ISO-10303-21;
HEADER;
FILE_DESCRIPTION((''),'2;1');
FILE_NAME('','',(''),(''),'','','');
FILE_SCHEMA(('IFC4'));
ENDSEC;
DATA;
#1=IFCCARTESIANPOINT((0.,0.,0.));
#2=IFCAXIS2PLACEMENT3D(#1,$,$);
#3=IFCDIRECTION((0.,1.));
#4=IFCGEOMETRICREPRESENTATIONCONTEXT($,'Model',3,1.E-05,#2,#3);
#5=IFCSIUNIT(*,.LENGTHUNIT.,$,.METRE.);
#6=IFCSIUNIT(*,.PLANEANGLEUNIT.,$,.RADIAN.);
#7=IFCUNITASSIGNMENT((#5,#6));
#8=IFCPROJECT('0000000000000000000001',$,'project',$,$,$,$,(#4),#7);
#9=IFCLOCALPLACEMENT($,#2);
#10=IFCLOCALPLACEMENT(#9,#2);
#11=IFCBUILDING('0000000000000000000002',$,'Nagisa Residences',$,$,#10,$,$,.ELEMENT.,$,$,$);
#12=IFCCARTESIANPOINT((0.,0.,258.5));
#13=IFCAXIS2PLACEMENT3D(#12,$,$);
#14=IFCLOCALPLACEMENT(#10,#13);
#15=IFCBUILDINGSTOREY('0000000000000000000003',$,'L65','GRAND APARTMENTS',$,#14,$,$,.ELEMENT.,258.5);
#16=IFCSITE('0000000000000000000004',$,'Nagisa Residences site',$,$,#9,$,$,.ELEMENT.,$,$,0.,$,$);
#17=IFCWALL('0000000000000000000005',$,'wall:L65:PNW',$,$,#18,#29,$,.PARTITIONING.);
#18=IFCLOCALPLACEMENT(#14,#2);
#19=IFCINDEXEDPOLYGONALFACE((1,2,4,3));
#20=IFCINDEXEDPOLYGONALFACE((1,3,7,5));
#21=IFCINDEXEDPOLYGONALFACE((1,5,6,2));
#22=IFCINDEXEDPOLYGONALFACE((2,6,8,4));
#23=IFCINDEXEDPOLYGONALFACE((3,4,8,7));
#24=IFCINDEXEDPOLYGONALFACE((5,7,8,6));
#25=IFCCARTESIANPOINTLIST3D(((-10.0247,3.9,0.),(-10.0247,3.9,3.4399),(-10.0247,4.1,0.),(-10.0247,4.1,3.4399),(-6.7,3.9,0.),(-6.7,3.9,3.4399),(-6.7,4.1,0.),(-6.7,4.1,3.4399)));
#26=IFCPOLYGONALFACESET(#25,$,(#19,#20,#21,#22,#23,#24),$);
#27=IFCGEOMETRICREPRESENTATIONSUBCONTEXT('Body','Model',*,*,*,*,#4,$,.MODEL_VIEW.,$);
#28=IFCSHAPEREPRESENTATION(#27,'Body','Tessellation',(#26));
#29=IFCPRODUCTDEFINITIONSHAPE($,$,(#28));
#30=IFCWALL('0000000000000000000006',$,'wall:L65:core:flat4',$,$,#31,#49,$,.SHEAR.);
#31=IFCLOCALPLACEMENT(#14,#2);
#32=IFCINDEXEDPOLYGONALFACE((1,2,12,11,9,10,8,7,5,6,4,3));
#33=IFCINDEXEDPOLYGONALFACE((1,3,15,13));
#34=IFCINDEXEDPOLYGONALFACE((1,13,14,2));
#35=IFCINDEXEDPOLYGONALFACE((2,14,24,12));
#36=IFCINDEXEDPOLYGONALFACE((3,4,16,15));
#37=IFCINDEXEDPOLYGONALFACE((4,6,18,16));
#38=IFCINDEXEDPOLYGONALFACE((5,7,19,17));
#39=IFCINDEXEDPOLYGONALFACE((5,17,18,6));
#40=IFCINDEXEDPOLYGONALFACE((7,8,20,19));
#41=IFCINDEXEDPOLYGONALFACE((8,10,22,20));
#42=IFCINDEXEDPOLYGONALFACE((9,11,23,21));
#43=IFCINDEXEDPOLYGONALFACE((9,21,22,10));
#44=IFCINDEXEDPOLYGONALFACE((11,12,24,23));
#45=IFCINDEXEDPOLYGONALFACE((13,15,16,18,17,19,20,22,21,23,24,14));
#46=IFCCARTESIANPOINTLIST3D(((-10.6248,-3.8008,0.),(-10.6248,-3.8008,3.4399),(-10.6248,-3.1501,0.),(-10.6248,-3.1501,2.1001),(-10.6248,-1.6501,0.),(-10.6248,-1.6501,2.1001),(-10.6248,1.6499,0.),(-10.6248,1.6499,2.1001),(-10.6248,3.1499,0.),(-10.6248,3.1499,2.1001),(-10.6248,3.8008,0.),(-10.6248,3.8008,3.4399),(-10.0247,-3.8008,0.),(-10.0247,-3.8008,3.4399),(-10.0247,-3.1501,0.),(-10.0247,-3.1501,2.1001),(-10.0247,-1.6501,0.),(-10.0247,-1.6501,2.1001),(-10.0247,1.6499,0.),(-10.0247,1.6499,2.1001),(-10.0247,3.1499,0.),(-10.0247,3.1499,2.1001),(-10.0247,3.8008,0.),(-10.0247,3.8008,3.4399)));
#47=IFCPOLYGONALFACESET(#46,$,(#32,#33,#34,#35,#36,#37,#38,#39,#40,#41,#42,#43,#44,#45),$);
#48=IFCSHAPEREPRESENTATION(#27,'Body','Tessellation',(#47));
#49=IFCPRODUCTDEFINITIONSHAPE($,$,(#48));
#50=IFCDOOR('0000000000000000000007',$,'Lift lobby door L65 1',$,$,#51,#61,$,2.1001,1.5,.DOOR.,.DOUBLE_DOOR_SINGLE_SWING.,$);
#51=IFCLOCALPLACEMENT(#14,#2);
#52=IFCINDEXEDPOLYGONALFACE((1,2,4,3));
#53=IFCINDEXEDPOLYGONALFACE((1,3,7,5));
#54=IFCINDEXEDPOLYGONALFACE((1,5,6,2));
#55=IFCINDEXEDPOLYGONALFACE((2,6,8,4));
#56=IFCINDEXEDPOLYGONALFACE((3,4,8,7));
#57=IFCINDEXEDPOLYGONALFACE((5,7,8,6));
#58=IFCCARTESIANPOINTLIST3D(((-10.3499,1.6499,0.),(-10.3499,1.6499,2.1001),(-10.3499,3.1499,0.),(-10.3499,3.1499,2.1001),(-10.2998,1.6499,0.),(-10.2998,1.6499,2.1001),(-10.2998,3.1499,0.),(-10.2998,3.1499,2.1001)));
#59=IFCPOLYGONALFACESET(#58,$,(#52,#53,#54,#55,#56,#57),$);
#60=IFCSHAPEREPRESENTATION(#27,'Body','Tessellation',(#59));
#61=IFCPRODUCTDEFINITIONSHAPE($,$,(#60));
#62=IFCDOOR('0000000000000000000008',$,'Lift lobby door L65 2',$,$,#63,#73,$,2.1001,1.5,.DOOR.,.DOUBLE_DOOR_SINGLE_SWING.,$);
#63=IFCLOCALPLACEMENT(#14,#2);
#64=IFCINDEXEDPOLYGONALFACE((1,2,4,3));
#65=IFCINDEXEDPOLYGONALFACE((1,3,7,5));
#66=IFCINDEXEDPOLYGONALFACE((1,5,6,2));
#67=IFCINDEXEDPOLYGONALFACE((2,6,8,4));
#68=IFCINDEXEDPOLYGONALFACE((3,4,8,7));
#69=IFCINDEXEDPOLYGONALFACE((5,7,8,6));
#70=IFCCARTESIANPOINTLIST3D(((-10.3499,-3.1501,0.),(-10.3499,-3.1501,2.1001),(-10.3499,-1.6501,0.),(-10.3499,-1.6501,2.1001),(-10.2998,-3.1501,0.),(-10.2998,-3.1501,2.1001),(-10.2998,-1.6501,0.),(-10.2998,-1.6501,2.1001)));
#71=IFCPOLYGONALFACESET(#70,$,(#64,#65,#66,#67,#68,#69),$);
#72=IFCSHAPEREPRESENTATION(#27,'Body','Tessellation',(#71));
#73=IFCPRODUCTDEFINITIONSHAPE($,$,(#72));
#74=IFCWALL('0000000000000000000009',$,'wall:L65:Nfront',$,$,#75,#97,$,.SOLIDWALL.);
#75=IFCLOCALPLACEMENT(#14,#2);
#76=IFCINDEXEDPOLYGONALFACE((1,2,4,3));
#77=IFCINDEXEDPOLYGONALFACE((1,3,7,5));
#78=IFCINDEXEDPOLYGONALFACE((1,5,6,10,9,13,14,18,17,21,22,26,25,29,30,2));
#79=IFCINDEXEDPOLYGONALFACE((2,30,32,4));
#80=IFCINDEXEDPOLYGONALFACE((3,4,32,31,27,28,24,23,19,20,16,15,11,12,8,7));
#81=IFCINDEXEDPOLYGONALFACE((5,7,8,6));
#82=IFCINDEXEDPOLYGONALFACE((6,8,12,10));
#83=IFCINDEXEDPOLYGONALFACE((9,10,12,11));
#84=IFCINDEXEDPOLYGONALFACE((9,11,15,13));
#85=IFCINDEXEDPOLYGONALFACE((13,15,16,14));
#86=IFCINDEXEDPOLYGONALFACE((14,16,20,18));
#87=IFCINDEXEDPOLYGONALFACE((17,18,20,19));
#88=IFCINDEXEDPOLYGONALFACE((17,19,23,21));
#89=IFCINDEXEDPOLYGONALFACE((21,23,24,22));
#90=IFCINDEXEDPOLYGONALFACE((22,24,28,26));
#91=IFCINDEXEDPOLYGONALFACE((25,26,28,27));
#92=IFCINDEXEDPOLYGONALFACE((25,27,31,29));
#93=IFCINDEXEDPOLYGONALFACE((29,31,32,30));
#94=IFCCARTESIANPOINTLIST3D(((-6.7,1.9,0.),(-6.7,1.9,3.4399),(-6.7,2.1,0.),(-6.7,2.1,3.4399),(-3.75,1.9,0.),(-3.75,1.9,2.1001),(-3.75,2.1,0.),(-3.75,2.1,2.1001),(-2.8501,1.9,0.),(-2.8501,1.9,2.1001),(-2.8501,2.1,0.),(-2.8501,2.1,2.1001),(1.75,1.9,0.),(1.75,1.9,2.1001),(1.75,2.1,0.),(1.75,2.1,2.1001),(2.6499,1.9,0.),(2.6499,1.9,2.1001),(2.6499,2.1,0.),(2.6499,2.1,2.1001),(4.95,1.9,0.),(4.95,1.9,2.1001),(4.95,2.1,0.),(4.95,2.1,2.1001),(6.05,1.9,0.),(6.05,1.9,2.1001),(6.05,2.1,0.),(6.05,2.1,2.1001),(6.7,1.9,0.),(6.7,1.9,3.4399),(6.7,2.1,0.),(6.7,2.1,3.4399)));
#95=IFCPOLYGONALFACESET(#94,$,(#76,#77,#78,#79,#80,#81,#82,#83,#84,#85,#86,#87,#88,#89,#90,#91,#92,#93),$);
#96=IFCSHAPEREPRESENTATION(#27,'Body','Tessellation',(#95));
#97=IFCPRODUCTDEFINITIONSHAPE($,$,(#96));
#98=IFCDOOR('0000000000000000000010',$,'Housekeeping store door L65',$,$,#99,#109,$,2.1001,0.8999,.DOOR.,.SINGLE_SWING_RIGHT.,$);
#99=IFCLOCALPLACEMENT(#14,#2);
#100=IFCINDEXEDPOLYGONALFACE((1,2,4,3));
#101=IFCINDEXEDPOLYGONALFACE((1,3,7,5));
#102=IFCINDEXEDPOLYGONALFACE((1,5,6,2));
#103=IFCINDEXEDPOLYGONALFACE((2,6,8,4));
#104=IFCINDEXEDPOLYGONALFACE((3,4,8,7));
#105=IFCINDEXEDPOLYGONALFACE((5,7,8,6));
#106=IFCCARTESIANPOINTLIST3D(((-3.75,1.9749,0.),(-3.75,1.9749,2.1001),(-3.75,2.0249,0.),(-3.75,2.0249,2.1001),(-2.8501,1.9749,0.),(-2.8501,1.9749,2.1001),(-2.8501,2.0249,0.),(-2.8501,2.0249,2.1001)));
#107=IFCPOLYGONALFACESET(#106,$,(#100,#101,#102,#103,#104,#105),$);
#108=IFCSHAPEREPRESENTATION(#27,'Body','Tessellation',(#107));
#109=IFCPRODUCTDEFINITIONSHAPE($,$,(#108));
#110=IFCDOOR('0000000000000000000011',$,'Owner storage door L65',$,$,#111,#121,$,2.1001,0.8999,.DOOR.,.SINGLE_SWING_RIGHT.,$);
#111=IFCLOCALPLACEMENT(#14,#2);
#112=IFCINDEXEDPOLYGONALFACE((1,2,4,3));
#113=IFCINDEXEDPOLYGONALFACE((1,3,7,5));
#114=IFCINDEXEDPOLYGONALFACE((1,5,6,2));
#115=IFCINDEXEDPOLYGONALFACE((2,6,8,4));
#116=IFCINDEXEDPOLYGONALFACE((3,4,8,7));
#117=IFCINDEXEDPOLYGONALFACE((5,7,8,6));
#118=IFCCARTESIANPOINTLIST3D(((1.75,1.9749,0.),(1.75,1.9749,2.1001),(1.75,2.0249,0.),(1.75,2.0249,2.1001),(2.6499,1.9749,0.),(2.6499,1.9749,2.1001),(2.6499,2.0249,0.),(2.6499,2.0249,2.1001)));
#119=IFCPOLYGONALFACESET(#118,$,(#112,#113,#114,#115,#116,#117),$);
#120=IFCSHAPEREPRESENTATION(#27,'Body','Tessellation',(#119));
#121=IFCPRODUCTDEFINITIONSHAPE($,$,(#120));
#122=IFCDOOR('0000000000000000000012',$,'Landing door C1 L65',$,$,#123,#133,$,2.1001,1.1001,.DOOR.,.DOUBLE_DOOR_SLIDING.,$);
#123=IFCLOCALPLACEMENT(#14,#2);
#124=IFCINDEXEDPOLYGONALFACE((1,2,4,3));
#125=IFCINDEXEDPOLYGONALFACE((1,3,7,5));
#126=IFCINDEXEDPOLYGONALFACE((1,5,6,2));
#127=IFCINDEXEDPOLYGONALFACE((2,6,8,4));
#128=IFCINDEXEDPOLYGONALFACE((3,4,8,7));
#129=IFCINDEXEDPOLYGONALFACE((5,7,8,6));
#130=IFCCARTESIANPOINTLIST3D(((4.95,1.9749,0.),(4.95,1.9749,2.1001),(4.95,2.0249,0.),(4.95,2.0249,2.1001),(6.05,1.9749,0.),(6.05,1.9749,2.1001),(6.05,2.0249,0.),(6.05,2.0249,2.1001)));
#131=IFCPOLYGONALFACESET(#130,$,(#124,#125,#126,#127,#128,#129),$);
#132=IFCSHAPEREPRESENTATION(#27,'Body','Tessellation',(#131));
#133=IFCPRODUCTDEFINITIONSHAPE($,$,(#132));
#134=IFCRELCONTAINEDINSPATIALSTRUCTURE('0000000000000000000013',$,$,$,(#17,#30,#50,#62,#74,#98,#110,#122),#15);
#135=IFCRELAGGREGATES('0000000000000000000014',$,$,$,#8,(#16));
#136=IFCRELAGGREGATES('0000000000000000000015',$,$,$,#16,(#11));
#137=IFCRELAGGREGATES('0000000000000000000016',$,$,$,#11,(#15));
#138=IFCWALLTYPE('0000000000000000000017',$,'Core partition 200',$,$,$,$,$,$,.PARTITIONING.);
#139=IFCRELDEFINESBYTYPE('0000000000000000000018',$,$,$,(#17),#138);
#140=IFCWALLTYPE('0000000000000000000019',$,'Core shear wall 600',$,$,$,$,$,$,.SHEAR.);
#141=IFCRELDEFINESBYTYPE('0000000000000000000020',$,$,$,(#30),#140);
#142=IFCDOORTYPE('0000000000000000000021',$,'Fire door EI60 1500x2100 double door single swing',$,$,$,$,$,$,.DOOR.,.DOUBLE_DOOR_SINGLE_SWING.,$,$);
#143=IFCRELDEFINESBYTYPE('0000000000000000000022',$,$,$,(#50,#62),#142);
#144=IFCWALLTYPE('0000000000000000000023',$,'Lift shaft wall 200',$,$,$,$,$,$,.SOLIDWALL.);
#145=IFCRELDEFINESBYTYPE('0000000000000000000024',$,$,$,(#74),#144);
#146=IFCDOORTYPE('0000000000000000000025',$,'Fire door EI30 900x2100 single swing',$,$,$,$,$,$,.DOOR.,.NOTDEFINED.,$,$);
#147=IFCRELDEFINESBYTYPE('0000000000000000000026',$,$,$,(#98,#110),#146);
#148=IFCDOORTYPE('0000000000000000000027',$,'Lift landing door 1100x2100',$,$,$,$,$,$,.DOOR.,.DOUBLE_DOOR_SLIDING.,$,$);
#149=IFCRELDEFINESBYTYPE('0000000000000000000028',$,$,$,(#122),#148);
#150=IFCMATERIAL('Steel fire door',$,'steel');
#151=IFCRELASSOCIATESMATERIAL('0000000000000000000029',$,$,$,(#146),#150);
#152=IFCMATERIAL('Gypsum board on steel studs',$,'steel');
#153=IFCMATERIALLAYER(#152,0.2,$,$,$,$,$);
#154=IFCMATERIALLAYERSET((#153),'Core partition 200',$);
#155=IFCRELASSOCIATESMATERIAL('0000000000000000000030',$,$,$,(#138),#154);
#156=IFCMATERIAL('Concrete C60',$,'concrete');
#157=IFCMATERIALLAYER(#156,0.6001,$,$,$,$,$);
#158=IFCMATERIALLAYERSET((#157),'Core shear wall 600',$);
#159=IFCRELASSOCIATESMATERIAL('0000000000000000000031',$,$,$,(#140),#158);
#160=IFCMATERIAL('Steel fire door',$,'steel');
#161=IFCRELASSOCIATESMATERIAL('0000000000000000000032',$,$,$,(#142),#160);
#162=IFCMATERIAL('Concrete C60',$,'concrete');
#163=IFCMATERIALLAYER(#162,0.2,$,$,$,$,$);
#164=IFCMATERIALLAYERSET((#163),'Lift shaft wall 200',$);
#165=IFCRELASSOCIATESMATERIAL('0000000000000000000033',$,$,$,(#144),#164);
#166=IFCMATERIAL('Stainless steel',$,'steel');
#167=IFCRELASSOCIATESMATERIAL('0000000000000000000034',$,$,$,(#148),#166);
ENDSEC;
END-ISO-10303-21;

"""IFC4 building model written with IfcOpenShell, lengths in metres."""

from ifc_helpers import new_model, si_unit, direction, frame, frame_2d, origin, place, context, subcontext, project, spatial, rectangle, extrude, material, layer, layer_set, type_object, element, fill, save


model = new_model("IFC4")

# Units and contexts
model_context = context("Model", 3, precision=1e-05, world=origin(), true_north=direction((0.0, 1.0)))
body_context = subcontext(model_context, "Body", "Model", "MODEL_VIEW")
ifc_project = project(units=[si_unit("LENGTHUNIT", "METRE"), si_unit("PLANEANGLEUNIT", "RADIAN")], contexts=[model_context])

# Site, building, storey
site_placement = place(None, origin())
site = spatial("IfcSite", under=ifc_project, at=site_placement, Name="Nagisa Residences site", CompositionType="ELEMENT", RefElevation=0.0)
building_placement = place(site_placement, origin())
building = spatial("IfcBuilding", under=site, at=building_placement, Name="Nagisa Residences", CompositionType="ELEMENT")
storey_placement = place(building_placement, frame((0.0, 0.0, 258.5)))
storey = spatial("IfcBuildingStorey", under=building, at=storey_placement, Name="L65", Description="GRAND APARTMENTS", CompositionType="ELEMENT", Elevation=258.5)

# Shared definitions
ifc_material_1 = material(Name="Steel fire door", Category="steel")
door_type_1 = type_object("IfcDoorType", Name="Fire door EI30 900x2100 single swing", OperationType="NOTDEFINED", PredefinedType="DOOR", material=ifc_material_1)

# Wall
ifc_material_2 = material(Name="Gypsum board on steel studs", Category="steel")
ifc_layer_1 = layer(ifc_material_2, 0.2)
ifc_layer_set_1 = layer_set([ifc_layer_1], Name="Core partition 200")
wall_type_1 = type_object("IfcWallType", Name="Core partition 200", PredefinedType="PARTITIONING", material=ifc_layer_set_1)
wall_1_placement = place(storey_placement, frame((-10.0247, 4.0, 0.0), z_axis=(0.0, 0.0, 1.0), x_axis=(1.0, 0.0, 0.0)))
element("IfcWall", 1, at=wall_1_placement, inside=storey, type_object=wall_type_1, Name="wall:L65:PNW", PredefinedType="PARTITIONING", context=body_context, shape_type="SweptSolid", body=[
    extrude(rectangle(XDim=3.3247, YDim=0.2, at=frame_2d((1.6624, 0.0))), origin(), (0.0, 0.0, 1.0), 3.4399),
])

# Walls, openings, doors
ifc_material_3 = material(Name="Concrete C60", Category="concrete")
ifc_layer_2 = layer(ifc_material_3, 0.6001)
ifc_layer_set_2 = layer_set([ifc_layer_2], Name="Core shear wall 600")
wall_type_2 = type_object("IfcWallType", Name="Core shear wall 600", PredefinedType="SHEAR", material=ifc_layer_set_2)
wall_2_placement = place(storey_placement, frame((-10.3247, 3.8008, 0.0), z_axis=(0.0, 0.0, 1.0), x_axis=(0.0, -1.0, 0.0)))
wall_2 = element("IfcWall", 2, at=wall_2_placement, inside=storey, type_object=wall_type_2, Name="wall:L65:core:flat4", PredefinedType="SHEAR", context=body_context, shape_type="SweptSolid", body=[
    extrude(rectangle(XDim=7.6016, YDim=0.6001, at=frame_2d((3.8008, 0.0))), origin(), (0.0, 0.0, 1.0), 3.4399),
])
opening_1_placement = place(wall_2_placement, frame((0.6509, 0.0, 0.0)))
opening_1 = element("IfcOpeningElement", 3, at=opening_1_placement, cuts=wall_2, PredefinedType="OPENING", context=body_context, shape_type="SweptSolid", body=[
    extrude(rectangle(XDim=1.5, YDim=2.1001, at=frame_2d((0.75, 1.05))), frame((0.0, 0.3101, 0.0), z_axis=(0.0, -1.0, 0.0), x_axis=(1.0, 0.0, 0.0)), (0.0, 0.0, 1.0), 0.6201),
])
opening_2_placement = place(wall_2_placement, frame((5.4509, 0.0, 0.0)))
opening_2 = element("IfcOpeningElement", 4, at=opening_2_placement, cuts=wall_2, PredefinedType="OPENING", context=body_context, shape_type="SweptSolid", body=[
    extrude(rectangle(XDim=1.5, YDim=2.1001, at=frame_2d((0.75, 1.05))), frame((0.0, 0.3101, 0.0), z_axis=(0.0, -1.0, 0.0), x_axis=(1.0, 0.0, 0.0)), (0.0, 0.0, 1.0), 0.6201),
])
ifc_material_4 = material(Name="Steel fire door", Category="steel")
door_type_2 = type_object("IfcDoorType", Name="Fire door EI60 1500x2100 double door single swing", OperationType="DOUBLE_DOOR_SINGLE_SWING", PredefinedType="DOOR", material=ifc_material_4)
door_1_placement = place(opening_1_placement, origin())
door_1 = element("IfcDoor", 5, at=door_1_placement, inside=storey, type_object=door_type_2, Name="Lift lobby door L65 1", OperationType="DOUBLE_DOOR_SINGLE_SWING", OverallHeight=2.1001, OverallWidth=1.5, PredefinedType="DOOR", context=body_context, shape_type="SweptSolid", body=[
    extrude(rectangle(XDim=1.5, YDim=2.1001, at=frame_2d((0.75, 1.05))), frame((0.0, 0.0249, 0.0), z_axis=(0.0, -1.0, 0.0), x_axis=(1.0, 0.0, 0.0)), (0.0, 0.0, 1.0), 0.05),
])
fill(opening_1, door_1)
door_2_placement = place(opening_2_placement, origin())
door_2 = element("IfcDoor", 6, at=door_2_placement, inside=storey, type_object=door_type_2, Name="Lift lobby door L65 2", OperationType="DOUBLE_DOOR_SINGLE_SWING", OverallHeight=2.1001, OverallWidth=1.5, PredefinedType="DOOR", context=body_context, shape_type="SweptSolid", body=[
    extrude(rectangle(XDim=1.5, YDim=2.1001, at=frame_2d((0.75, 1.05))), frame((0.0, 0.0249, 0.0), z_axis=(0.0, -1.0, 0.0), x_axis=(1.0, 0.0, 0.0)), (0.0, 0.0, 1.0), 0.05),
])
fill(opening_2, door_2)
ifc_material_5 = material(Name="Concrete C60", Category="concrete")
ifc_layer_3 = layer(ifc_material_5, 0.2)
ifc_layer_set_3 = layer_set([ifc_layer_3], Name="Lift shaft wall 200")
wall_type_3 = type_object("IfcWallType", Name="Lift shaft wall 200", PredefinedType="SOLIDWALL", material=ifc_layer_set_3)
wall_3_placement = place(storey_placement, frame((-6.7, 2.0, 0.0), z_axis=(0.0, 0.0, 1.0), x_axis=(1.0, 0.0, 0.0)))
wall_3 = element("IfcWall", 7, at=wall_3_placement, inside=storey, type_object=wall_type_3, Name="wall:L65:Nfront", PredefinedType="SOLIDWALL", context=body_context, shape_type="SweptSolid", body=[
    extrude(rectangle(XDim=13.3999, YDim=0.2, at=frame_2d((6.7, 0.0))), origin(), (0.0, 0.0, 1.0), 3.4399),
])
opening_3_placement = place(wall_3_placement, frame((11.6499, 0.0, 0.0)))
opening_3 = element("IfcOpeningElement", 8, at=opening_3_placement, cuts=wall_3, PredefinedType="OPENING", context=body_context, shape_type="SweptSolid", body=[
    extrude(rectangle(XDim=1.1001, YDim=2.1001, at=frame_2d((0.55, 1.05))), frame((0.0, 0.1099, 0.0), z_axis=(0.0, -1.0, 0.0), x_axis=(1.0, 0.0, 0.0)), (0.0, 0.0, 1.0), 0.22),
])
opening_4_placement = place(wall_3_placement, frame((2.95, 0.0, 0.0)))
opening_4 = element("IfcOpeningElement", 9, at=opening_4_placement, cuts=wall_3, PredefinedType="OPENING", context=body_context, shape_type="SweptSolid", body=[
    extrude(rectangle(XDim=0.8999, YDim=2.1001, at=frame_2d((0.45, 1.05))), frame((0.0, 0.1099, 0.0), z_axis=(0.0, -1.0, 0.0), x_axis=(1.0, 0.0, 0.0)), (0.0, 0.0, 1.0), 0.22),
])
opening_5_placement = place(wall_3_placement, frame((8.45, 0.0, 0.0)))
opening_5 = element("IfcOpeningElement", 10, at=opening_5_placement, cuts=wall_3, PredefinedType="OPENING", context=body_context, shape_type="SweptSolid", body=[
    extrude(rectangle(XDim=0.8999, YDim=2.1001, at=frame_2d((0.45, 1.05))), frame((0.0, 0.1099, 0.0), z_axis=(0.0, -1.0, 0.0), x_axis=(1.0, 0.0, 0.0)), (0.0, 0.0, 1.0), 0.22),
])
door_3_placement = place(opening_4_placement, origin())
door_3 = element("IfcDoor", 11, at=door_3_placement, inside=storey, type_object=door_type_1, Name="Housekeeping store door L65", OperationType="SINGLE_SWING_RIGHT", OverallHeight=2.1001, OverallWidth=0.8999, PredefinedType="DOOR", context=body_context, shape_type="SweptSolid", body=[
    extrude(rectangle(XDim=0.8999, YDim=2.1001, at=frame_2d((0.45, 1.05))), frame((0.0, 0.0249, 0.0), z_axis=(0.0, -1.0, 0.0), x_axis=(1.0, 0.0, 0.0)), (0.0, 0.0, 1.0), 0.05),
])
fill(opening_4, door_3)
door_4_placement = place(opening_5_placement, origin())
door_4 = element("IfcDoor", 12, at=door_4_placement, inside=storey, type_object=door_type_1, Name="Owner storage door L65", OperationType="SINGLE_SWING_RIGHT", OverallHeight=2.1001, OverallWidth=0.8999, PredefinedType="DOOR", context=body_context, shape_type="SweptSolid", body=[
    extrude(rectangle(XDim=0.8999, YDim=2.1001, at=frame_2d((0.45, 1.05))), frame((0.0, 0.0249, 0.0), z_axis=(0.0, -1.0, 0.0), x_axis=(1.0, 0.0, 0.0)), (0.0, 0.0, 1.0), 0.05),
])
fill(opening_5, door_4)
ifc_material_6 = material(Name="Stainless steel", Category="steel")
door_type_3 = type_object("IfcDoorType", Name="Lift landing door 1100x2100", OperationType="DOUBLE_DOOR_SLIDING", PredefinedType="DOOR", material=ifc_material_6)
door_5_placement = place(opening_3_placement, origin())
door_5 = element("IfcDoor", 13, at=door_5_placement, inside=storey, type_object=door_type_3, Name="Landing door C1 L65", OperationType="DOUBLE_DOOR_SLIDING", OverallHeight=2.1001, OverallWidth=1.1001, PredefinedType="DOOR", context=body_context, shape_type="SweptSolid", body=[
    extrude(rectangle(XDim=1.1001, YDim=2.1001, at=frame_2d((0.55, 1.05))), frame((0.0, 0.0249, 0.0), z_axis=(0.0, -1.0, 0.0), x_axis=(1.0, 0.0, 0.0)), (0.0, 0.0, 1.0), 0.05),
])
fill(opening_3, door_5)

save(model, "model.ifc")
